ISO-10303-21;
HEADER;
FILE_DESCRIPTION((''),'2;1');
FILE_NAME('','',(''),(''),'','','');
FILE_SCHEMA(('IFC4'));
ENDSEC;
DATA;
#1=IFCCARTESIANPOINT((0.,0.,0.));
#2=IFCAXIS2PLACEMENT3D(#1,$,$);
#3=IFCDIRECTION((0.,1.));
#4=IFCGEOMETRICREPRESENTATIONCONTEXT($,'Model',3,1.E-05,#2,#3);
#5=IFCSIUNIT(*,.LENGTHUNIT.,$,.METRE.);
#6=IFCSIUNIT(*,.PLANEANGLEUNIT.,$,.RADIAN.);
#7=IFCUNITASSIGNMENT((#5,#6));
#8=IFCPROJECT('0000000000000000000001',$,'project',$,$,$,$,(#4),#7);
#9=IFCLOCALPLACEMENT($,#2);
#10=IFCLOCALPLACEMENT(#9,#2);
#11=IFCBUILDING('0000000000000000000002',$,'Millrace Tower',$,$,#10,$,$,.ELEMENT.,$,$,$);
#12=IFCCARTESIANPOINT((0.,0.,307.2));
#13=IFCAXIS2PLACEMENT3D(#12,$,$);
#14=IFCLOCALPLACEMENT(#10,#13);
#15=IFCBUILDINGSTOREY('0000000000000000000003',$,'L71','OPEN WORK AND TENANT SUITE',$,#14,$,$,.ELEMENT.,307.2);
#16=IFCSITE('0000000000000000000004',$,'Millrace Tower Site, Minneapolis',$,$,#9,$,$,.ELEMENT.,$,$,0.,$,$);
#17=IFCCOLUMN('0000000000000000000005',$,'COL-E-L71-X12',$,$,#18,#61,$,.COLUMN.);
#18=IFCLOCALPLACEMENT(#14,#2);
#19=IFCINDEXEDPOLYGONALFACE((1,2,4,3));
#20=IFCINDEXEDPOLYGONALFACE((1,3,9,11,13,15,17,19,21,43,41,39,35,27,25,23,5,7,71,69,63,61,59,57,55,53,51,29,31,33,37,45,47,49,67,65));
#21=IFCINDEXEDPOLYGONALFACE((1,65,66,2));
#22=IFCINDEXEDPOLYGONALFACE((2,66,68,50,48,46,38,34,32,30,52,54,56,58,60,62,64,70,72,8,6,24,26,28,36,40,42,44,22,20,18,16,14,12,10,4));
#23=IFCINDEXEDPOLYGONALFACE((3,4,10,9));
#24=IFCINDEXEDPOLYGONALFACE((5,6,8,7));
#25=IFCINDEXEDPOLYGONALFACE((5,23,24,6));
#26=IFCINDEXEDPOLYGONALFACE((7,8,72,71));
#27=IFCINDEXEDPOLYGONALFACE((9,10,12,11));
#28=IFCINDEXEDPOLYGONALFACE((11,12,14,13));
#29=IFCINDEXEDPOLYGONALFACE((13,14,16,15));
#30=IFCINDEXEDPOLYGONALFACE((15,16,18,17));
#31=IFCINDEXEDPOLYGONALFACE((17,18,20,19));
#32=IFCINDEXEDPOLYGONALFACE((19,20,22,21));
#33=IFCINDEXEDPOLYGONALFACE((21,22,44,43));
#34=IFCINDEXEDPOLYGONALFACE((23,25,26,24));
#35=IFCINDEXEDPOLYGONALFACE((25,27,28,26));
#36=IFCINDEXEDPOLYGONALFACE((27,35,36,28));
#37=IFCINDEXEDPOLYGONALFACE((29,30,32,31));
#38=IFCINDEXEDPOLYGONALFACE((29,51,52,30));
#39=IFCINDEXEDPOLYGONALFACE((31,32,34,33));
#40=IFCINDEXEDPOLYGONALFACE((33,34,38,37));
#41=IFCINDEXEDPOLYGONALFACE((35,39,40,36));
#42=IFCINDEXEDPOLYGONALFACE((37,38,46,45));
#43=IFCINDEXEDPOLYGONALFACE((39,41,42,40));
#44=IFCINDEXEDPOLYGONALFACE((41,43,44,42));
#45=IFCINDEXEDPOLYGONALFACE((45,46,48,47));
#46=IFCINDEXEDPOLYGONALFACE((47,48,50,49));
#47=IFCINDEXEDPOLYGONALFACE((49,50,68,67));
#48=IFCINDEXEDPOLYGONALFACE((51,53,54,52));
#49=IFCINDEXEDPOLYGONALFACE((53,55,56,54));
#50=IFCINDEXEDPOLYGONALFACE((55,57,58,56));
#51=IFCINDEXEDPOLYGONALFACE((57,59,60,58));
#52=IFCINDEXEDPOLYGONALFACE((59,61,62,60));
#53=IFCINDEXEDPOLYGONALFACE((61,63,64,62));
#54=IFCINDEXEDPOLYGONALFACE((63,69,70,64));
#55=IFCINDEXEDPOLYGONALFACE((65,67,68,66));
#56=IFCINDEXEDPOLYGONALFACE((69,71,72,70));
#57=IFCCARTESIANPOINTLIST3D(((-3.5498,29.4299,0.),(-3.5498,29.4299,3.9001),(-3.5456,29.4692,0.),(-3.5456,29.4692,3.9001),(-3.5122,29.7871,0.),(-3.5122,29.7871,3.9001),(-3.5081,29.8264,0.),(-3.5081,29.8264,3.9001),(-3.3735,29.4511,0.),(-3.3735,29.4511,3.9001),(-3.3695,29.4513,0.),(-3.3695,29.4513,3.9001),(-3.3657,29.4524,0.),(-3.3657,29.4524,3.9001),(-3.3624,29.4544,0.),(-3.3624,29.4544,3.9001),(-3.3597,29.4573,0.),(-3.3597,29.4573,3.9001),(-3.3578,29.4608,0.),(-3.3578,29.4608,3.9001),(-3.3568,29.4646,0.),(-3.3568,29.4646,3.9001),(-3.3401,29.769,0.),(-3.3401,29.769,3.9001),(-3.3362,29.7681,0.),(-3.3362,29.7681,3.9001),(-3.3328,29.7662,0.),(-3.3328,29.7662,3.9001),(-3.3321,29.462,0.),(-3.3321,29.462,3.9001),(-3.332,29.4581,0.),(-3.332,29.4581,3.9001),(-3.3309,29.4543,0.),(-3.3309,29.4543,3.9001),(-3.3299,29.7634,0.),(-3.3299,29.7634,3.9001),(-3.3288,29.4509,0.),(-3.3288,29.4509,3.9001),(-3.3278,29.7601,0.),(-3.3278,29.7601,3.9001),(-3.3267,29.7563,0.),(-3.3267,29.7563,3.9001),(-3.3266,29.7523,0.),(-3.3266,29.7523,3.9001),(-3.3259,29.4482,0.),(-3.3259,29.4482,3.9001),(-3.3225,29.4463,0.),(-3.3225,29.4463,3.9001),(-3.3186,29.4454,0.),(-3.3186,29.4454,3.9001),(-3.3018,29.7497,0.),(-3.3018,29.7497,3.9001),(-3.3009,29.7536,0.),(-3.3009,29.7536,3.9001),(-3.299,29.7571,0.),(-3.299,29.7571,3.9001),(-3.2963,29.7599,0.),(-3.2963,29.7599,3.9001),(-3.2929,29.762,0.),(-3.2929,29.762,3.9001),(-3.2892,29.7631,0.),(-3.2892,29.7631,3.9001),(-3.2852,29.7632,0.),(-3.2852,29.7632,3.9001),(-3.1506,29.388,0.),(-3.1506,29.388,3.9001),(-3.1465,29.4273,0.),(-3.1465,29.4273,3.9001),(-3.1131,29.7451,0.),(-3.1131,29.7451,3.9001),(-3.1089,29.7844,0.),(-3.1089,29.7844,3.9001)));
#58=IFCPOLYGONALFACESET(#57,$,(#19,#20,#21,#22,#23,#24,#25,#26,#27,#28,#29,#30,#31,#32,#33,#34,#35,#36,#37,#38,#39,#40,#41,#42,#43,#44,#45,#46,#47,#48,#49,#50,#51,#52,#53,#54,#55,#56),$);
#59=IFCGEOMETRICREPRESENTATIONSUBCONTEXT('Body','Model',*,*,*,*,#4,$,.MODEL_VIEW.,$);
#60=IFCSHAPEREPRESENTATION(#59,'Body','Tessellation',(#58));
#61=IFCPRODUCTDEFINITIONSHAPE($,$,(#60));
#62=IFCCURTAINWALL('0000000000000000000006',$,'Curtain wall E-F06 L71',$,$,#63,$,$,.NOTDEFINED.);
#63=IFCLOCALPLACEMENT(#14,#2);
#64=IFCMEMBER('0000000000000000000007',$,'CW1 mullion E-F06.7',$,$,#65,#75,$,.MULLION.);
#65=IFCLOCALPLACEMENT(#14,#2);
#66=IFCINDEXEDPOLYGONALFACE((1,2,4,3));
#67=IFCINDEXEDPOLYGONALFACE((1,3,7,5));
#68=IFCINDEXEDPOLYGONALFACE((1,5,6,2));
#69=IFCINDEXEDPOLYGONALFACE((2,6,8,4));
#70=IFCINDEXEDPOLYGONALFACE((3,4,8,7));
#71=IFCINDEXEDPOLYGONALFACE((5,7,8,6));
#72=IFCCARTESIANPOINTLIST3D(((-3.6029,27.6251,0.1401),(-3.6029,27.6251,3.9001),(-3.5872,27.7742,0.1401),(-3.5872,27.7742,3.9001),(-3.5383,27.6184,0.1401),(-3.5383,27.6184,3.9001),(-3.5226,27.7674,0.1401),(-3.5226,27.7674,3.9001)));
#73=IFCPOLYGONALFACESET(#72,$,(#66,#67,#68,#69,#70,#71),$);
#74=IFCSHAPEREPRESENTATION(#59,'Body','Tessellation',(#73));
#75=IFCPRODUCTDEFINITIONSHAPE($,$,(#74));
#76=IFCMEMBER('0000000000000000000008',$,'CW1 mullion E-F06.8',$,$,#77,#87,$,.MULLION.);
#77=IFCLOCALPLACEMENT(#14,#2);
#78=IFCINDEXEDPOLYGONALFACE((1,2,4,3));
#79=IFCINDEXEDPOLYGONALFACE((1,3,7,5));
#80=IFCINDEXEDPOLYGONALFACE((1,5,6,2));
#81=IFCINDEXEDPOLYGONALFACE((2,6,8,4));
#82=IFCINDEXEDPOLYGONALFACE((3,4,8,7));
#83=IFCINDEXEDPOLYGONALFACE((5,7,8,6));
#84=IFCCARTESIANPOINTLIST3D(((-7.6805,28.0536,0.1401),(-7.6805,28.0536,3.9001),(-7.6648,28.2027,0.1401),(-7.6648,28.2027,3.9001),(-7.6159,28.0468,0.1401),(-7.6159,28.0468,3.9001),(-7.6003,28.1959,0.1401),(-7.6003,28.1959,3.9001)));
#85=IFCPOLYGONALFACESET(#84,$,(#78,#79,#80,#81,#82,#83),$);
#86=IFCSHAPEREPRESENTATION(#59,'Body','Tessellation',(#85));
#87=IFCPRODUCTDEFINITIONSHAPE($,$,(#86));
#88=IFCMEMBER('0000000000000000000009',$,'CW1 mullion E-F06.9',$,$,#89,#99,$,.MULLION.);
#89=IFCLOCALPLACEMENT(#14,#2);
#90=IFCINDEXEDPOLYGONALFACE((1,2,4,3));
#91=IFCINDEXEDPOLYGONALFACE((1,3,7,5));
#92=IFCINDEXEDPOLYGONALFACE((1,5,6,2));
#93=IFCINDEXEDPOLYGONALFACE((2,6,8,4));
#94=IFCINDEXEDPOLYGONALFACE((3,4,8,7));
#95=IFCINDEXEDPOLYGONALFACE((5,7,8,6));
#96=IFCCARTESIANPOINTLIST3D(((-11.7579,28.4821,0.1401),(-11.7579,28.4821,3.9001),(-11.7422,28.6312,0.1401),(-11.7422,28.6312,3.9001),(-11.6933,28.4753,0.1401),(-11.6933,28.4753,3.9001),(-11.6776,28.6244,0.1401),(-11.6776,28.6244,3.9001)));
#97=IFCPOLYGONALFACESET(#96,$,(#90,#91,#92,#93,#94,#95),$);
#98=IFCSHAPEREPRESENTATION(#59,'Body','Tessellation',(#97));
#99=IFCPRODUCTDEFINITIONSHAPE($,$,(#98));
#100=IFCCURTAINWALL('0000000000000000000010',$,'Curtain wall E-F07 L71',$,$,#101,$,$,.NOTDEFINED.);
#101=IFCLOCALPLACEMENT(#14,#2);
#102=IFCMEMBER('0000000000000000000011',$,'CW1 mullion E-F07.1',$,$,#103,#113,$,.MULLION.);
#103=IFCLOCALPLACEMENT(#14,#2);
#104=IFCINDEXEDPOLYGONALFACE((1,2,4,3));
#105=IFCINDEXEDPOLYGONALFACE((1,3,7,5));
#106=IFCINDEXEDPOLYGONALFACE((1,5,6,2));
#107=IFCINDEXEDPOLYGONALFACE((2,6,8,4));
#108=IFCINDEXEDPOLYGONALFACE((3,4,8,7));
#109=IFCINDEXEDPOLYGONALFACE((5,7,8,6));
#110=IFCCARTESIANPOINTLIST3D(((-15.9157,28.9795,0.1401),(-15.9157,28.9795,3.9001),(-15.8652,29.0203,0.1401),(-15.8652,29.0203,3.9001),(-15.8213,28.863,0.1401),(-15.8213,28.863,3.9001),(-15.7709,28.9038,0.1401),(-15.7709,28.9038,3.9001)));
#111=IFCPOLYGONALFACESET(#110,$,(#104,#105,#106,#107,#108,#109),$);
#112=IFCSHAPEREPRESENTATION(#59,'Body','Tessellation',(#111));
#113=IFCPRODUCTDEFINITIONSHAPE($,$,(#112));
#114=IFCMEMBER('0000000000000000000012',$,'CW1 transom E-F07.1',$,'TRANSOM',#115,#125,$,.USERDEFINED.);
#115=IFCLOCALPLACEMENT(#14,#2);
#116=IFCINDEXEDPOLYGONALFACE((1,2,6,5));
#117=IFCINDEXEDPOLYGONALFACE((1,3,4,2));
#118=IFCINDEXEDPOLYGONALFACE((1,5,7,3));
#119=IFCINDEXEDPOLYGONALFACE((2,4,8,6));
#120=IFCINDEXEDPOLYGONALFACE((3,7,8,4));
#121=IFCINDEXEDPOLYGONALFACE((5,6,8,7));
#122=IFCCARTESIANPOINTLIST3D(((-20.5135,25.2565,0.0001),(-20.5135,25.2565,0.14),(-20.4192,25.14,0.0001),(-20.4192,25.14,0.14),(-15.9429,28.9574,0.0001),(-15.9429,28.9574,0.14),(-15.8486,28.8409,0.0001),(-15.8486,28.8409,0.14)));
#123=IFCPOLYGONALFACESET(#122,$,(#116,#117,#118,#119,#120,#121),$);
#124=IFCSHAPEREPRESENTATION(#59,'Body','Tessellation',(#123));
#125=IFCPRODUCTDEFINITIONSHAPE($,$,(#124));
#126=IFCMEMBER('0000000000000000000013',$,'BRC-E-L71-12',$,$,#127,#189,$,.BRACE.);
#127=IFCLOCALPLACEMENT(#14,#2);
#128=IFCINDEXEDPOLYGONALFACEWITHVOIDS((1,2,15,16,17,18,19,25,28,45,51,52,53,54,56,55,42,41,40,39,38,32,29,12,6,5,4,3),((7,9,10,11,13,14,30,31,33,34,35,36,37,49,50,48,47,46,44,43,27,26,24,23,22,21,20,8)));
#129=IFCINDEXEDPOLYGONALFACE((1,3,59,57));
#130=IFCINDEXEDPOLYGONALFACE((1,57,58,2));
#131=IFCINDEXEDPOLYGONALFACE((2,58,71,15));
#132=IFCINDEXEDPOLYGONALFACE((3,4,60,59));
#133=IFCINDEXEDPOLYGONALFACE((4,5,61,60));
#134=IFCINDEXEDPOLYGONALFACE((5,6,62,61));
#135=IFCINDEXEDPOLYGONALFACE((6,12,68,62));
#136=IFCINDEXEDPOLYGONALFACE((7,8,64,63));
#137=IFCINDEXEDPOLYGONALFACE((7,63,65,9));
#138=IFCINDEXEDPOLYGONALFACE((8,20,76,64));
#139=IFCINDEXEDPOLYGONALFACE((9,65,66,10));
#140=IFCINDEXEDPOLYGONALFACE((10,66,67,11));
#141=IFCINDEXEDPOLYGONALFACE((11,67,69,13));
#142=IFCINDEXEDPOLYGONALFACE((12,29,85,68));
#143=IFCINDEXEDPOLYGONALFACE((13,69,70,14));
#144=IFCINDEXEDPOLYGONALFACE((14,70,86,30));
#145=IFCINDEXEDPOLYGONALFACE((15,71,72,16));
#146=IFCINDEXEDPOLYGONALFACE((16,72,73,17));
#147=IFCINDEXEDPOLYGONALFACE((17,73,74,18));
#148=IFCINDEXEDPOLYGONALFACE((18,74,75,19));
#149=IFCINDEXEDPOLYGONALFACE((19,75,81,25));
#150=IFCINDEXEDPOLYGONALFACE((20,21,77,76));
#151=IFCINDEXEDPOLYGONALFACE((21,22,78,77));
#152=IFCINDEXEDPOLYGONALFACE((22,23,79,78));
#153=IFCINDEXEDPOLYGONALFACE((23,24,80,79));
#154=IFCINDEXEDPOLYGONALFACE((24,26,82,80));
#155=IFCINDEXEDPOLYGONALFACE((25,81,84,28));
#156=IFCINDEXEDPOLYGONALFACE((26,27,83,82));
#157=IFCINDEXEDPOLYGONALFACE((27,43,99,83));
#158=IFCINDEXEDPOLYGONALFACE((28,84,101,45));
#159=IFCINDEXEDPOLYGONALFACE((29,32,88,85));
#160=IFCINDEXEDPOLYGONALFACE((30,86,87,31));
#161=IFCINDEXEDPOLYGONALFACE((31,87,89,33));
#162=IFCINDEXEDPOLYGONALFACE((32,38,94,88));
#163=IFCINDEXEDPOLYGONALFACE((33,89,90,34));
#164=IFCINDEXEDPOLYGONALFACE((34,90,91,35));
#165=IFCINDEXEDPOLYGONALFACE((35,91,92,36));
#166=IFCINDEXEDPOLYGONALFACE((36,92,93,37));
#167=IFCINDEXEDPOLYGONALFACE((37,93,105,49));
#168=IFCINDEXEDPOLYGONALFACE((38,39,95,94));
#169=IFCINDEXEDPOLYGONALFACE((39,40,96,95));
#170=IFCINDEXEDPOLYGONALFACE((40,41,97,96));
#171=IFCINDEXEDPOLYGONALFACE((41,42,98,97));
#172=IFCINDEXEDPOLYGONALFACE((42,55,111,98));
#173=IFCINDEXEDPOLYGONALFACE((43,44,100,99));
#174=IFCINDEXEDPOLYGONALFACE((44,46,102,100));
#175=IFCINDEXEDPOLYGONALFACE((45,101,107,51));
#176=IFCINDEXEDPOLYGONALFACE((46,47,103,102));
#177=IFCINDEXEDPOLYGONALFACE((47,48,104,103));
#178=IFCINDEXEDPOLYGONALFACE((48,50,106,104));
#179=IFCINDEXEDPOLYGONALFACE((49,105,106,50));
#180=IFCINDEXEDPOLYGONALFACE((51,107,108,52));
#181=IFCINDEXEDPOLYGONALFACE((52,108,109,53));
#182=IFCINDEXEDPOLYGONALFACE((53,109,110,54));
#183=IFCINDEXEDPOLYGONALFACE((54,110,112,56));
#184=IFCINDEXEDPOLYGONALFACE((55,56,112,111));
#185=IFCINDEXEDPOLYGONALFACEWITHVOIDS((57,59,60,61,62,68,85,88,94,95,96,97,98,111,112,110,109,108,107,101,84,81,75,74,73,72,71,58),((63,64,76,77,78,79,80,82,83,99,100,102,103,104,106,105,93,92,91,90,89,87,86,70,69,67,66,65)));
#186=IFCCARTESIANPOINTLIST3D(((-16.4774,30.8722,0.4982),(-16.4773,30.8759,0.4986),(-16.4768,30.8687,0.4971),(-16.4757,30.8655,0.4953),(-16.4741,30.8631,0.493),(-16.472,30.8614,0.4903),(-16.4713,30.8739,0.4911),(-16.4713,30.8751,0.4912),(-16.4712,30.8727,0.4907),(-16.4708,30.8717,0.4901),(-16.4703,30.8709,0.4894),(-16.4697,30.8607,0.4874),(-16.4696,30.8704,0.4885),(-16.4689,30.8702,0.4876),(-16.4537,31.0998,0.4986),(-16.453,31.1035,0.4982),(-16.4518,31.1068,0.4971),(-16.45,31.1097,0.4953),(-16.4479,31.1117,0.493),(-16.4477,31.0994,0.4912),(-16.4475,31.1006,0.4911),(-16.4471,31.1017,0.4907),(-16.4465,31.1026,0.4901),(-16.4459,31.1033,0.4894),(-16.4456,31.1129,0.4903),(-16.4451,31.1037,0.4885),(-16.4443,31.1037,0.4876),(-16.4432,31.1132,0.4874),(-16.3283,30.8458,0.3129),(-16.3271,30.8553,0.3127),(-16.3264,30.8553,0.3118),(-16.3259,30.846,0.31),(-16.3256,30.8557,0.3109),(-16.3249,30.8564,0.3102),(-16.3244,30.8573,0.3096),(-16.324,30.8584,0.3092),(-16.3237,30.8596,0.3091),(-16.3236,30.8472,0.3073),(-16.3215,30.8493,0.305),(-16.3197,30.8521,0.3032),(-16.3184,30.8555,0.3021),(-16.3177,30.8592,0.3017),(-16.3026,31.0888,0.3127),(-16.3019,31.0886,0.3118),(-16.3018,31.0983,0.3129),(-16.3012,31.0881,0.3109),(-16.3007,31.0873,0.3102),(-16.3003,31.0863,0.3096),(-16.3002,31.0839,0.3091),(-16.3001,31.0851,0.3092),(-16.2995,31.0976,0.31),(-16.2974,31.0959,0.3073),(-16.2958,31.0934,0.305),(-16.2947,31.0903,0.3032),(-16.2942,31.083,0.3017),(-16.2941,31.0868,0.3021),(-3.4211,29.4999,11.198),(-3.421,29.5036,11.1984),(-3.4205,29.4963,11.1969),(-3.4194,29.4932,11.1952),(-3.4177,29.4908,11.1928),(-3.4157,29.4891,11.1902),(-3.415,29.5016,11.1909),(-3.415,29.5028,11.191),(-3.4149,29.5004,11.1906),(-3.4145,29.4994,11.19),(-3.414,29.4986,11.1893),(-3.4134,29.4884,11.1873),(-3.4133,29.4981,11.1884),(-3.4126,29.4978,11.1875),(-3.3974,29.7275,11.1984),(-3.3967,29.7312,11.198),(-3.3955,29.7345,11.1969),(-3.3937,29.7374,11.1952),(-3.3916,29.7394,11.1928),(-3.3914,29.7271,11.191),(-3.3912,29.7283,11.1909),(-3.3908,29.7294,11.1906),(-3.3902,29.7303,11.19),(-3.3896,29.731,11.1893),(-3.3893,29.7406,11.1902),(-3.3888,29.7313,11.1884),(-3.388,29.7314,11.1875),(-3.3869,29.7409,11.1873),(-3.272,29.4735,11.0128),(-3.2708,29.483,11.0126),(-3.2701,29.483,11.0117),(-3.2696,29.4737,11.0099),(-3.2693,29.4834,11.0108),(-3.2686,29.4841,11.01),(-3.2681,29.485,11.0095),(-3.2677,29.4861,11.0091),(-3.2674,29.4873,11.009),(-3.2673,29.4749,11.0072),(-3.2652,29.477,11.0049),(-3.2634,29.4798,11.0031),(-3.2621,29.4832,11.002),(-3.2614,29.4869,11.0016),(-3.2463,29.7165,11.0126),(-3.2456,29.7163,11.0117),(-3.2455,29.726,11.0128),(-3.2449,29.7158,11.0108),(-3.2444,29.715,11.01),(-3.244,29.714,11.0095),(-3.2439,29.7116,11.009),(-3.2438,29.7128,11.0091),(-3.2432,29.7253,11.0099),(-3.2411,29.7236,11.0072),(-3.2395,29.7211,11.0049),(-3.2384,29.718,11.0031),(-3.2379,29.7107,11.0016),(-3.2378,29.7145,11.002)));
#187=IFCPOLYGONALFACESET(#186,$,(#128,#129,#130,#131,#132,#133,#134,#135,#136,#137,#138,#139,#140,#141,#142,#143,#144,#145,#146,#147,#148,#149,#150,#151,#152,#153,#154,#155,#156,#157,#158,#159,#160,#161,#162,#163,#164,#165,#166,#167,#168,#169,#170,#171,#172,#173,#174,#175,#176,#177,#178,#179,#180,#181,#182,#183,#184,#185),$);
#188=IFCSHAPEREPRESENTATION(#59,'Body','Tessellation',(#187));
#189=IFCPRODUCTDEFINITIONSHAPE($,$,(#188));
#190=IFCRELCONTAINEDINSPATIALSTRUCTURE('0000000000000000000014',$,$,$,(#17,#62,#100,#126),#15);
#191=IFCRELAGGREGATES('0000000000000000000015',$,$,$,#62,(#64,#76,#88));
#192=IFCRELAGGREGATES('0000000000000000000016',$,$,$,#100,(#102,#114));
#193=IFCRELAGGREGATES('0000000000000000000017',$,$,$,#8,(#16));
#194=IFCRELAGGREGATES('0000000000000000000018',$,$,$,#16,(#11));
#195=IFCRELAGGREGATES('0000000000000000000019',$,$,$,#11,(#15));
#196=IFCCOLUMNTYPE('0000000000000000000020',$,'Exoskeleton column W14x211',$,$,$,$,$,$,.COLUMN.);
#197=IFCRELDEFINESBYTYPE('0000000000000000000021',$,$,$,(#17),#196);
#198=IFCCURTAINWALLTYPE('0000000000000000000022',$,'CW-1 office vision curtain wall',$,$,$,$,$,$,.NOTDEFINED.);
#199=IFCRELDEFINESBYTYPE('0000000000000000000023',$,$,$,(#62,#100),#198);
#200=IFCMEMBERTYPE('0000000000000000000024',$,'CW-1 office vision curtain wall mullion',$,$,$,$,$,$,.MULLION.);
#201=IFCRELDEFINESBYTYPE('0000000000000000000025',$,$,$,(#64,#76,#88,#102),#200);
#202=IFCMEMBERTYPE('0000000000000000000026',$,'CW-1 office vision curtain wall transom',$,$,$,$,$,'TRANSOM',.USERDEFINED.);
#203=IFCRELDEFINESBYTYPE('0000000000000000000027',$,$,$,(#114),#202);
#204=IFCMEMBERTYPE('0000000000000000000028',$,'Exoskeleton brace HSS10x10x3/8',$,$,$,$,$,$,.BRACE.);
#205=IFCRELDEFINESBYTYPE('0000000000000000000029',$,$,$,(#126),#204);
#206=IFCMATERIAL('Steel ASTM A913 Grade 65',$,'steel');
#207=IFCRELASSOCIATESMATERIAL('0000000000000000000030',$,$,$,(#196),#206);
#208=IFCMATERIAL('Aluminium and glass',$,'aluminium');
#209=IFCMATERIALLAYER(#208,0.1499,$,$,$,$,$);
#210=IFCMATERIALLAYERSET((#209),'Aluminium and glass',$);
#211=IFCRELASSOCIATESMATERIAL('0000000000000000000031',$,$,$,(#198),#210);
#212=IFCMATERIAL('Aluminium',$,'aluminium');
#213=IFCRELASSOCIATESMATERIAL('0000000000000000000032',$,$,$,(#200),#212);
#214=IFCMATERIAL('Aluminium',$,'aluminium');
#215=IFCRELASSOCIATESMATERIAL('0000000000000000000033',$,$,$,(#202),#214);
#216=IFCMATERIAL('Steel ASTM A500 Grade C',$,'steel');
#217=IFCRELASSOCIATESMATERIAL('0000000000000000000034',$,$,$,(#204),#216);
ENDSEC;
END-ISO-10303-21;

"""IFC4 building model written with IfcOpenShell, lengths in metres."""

from ifc_helpers import new_model, si_unit, direction, frame, origin, origin_2d, place, context, subcontext, project, spatial, rectangle, hollow_rectangle, i_section, extrude, material, layer, layer_set, material_profile, profile_set, type_object, element, aggregate, save


model = new_model("IFC4")

# Units and contexts
model_context = context("Model", 3, precision=1e-05, world=origin(), true_north=direction((0.0, 1.0)))
body_context = subcontext(model_context, "Body", "Model", "MODEL_VIEW")
ifc_project = project(units=[si_unit("LENGTHUNIT", "METRE"), si_unit("PLANEANGLEUNIT", "RADIAN")], contexts=[model_context])

# Site, building, storey
site_placement = place(None, origin())
site = spatial("IfcSite", under=ifc_project, at=site_placement, Name="Millrace Tower Site, Minneapolis", CompositionType="ELEMENT", RefElevation=0.0)
building_placement = place(site_placement, origin())
building = spatial("IfcBuilding", under=site, at=building_placement, Name="Millrace Tower", CompositionType="ELEMENT")
storey_placement = place(building_placement, frame((0.0, 0.0, 307.2)))
storey = spatial("IfcBuildingStorey", under=building, at=storey_placement, Name="L71", Description="OPEN WORK AND TENANT SUITE", CompositionType="ELEMENT", Elevation=307.2)

# Column
ifc_material_1 = material(Name="Steel ASTM A913 Grade 65", Category="steel")
ifc_material_profile_1 = material_profile(ifc_material_1, i_section(OverallWidth=0.4014, OverallDepth=0.3987, WebThickness=0.0249, FlangeThickness=0.0396, FilletRadius=0.0151, at=origin_2d()))
ifc_profile_set_1 = profile_set([ifc_material_profile_1], Name="Steel ASTM A913 Grade 65")
column_type = type_object("IfcColumnType", Name="Exoskeleton column W14x211", PredefinedType="COLUMN", material=ifc_profile_set_1)
column_placement = place(storey_placement, frame((-3.3293, 29.6072, 0.0), z_axis=(0.0, 0.0, 1.0), x_axis=(-0.994522, 0.104528, 0.0)))
element("IfcColumn", 1, at=column_placement, inside=storey, type_object=column_type, Name="COL-E-L71-X12", PredefinedType="COLUMN", context=body_context, shape_type="SweptSolid", body=[
    extrude(i_section(OverallWidth=0.4014, OverallDepth=0.3987, WebThickness=0.0249, FlangeThickness=0.0396, FilletRadius=0.0151, at=origin_2d()), origin(), (0.0, 0.0, 1.0), 3.9001),
])

# Curtain walls, members
ifc_material_2 = material(Name="Aluminium and glass", Category="aluminium")
ifc_layer_1 = layer(ifc_material_2, 0.1499)
ifc_layer_set_1 = layer_set([ifc_layer_1], Name="Aluminium and glass")
curtain_wall_type = type_object("IfcCurtainWallType", Name="CW-1 office vision curtain wall", PredefinedType="NOTDEFINED", material=ifc_layer_set_1)
placement = place(storey_placement, origin())
curtain_wall_1 = element("IfcCurtainWall", 2, at=placement, inside=storey, type_object=curtain_wall_type, Name="Curtain wall E-F06 L71", PredefinedType="NOTDEFINED")
ifc_material_3 = material(Name="Aluminium", Category="aluminium")
ifc_material_profile_2 = material_profile(ifc_material_3, rectangle(XDim=0.0649, YDim=0.1499, at=origin_2d()))
ifc_profile_set_2 = profile_set([ifc_material_profile_2], Name="Aluminium")
member_type_1 = type_object("IfcMemberType", Name="CW-1 office vision curtain wall mullion", PredefinedType="MULLION", material=ifc_profile_set_2)
member_1_placement = place(storey_placement, frame((-3.5627, 27.6963, 0.1401), z_axis=(0.0, 0.0, 1.0), x_axis=(-0.994522, 0.104528, 0.0)))
member_1 = element("IfcMember", 3, at=member_1_placement, type_object=member_type_1, Name="CW1 mullion E-F06.7", PredefinedType="MULLION", context=body_context, shape_type="SweptSolid", body=[
    extrude(rectangle(XDim=0.0649, YDim=0.1499, at=origin_2d()), origin(), (0.0, 0.0, 1.0), 3.76),
])
member_2_placement = place(storey_placement, frame((-7.6404, 28.1248, 0.1401), z_axis=(0.0, 0.0, 1.0), x_axis=(-0.994522, 0.104528, 0.0)))
member_2 = element("IfcMember", 4, at=member_2_placement, type_object=member_type_1, Name="CW1 mullion E-F06.8", PredefinedType="MULLION", context=body_context, shape_type="SweptSolid", body=[
    extrude(rectangle(XDim=0.0649, YDim=0.1499, at=origin_2d()), origin(), (0.0, 0.0, 1.0), 3.76),
])
member_3_placement = place(storey_placement, frame((-11.7178, 28.5532, 0.1401), z_axis=(0.0, 0.0, 1.0), x_axis=(-0.994522, 0.104528, 0.0)))
member_3 = element("IfcMember", 5, at=member_3_placement, type_object=member_type_1, Name="CW1 mullion E-F06.9", PredefinedType="MULLION", context=body_context, shape_type="SweptSolid", body=[
    extrude(rectangle(XDim=0.0649, YDim=0.1499, at=origin_2d()), origin(), (0.0, 0.0, 1.0), 3.76),
])
aggregate(curtain_wall_1, [member_1, member_2, member_3])
curtain_wall_2 = element("IfcCurtainWall", 6, at=placement, inside=storey, type_object=curtain_wall_type, Name="Curtain wall E-F07 L71", PredefinedType="NOTDEFINED")
member_4_placement = place(storey_placement, frame((-15.8433, 28.9417, 0.1401), z_axis=(0.0, 0.0, 1.0), x_axis=(-0.777146, -0.62932, 0.0)))
member_4 = element("IfcMember", 7, at=member_4_placement, type_object=member_type_1, Name="CW1 mullion E-F07.1", PredefinedType="MULLION", context=body_context, shape_type="SweptSolid", body=[
    extrude(rectangle(XDim=0.0649, YDim=0.1499, at=origin_2d()), origin(), (0.0, 0.0, 1.0), 3.76),
])
ifc_material_4 = material(Name="Aluminium", Category="aluminium")
ifc_material_profile_3 = material_profile(ifc_material_4, rectangle(XDim=0.1499, YDim=0.1399, at=origin_2d()))
ifc_profile_set_3 = profile_set([ifc_material_profile_3], Name="Aluminium")
member_type_2 = type_object("IfcMemberType", Name="CW-1 office vision curtain wall transom", ElementType="TRANSOM", PredefinedType="USERDEFINED", material=ifc_profile_set_3)
member_5_placement = place(storey_placement, frame((-15.8958, 28.8992, 0.0701), z_axis=(-0.777166, -0.629296, 0.0), x_axis=(0.629296, -0.777166, 0.0)))
member_5 = element("IfcMember", 8, at=member_5_placement, type_object=member_type_2, Name="CW1 transom E-F07.1", ObjectType="TRANSOM", PredefinedType="USERDEFINED", context=body_context, shape_type="SweptSolid", body=[
    extrude(rectangle(XDim=0.1499, YDim=0.1399, at=origin_2d()), origin(), (0.0, 0.0, 1.0), 5.8811),
])
aggregate(curtain_wall_2, [member_4, member_5])

# Member
ifc_material_5 = material(Name="Steel ASTM A500 Grade C", Category="steel")
ifc_material_profile_4 = material_profile(ifc_material_5, hollow_rectangle(XDim=0.2539, YDim=0.2539, WallThickness=0.0095, InnerFilletRadius=0.0046, OuterFilletRadius=0.0144, at=origin_2d()))
ifc_profile_set_4 = profile_set([ifc_material_profile_4], Name="Steel ASTM A500 Grade C")
member_type_3 = type_object("IfcMemberType", Name="Exoskeleton brace HSS10x10x3/8", PredefinedType="BRACE", material=ifc_profile_set_4)
member_6_placement = place(storey_placement, frame((-16.3857, 30.9795, 0.4001), z_axis=(0.770907, -0.081028, 0.631772), x_axis=(0.104531, 0.994522, 0.0)))
element("IfcMember", 9, at=member_6_placement, inside=storey, type_object=member_type_3, Name="BRC-E-L71-12", PredefinedType="BRACE", context=body_context, shape_type="SweptSolid", body=[
    extrude(hollow_rectangle(XDim=0.2539, YDim=0.2539, WallThickness=0.0095, InnerFilletRadius=0.0046, OuterFilletRadius=0.0144, at=origin_2d()), origin(), (0.0, 0.0, 1.0), 16.9363),
])

save(model, "model.ifc")
